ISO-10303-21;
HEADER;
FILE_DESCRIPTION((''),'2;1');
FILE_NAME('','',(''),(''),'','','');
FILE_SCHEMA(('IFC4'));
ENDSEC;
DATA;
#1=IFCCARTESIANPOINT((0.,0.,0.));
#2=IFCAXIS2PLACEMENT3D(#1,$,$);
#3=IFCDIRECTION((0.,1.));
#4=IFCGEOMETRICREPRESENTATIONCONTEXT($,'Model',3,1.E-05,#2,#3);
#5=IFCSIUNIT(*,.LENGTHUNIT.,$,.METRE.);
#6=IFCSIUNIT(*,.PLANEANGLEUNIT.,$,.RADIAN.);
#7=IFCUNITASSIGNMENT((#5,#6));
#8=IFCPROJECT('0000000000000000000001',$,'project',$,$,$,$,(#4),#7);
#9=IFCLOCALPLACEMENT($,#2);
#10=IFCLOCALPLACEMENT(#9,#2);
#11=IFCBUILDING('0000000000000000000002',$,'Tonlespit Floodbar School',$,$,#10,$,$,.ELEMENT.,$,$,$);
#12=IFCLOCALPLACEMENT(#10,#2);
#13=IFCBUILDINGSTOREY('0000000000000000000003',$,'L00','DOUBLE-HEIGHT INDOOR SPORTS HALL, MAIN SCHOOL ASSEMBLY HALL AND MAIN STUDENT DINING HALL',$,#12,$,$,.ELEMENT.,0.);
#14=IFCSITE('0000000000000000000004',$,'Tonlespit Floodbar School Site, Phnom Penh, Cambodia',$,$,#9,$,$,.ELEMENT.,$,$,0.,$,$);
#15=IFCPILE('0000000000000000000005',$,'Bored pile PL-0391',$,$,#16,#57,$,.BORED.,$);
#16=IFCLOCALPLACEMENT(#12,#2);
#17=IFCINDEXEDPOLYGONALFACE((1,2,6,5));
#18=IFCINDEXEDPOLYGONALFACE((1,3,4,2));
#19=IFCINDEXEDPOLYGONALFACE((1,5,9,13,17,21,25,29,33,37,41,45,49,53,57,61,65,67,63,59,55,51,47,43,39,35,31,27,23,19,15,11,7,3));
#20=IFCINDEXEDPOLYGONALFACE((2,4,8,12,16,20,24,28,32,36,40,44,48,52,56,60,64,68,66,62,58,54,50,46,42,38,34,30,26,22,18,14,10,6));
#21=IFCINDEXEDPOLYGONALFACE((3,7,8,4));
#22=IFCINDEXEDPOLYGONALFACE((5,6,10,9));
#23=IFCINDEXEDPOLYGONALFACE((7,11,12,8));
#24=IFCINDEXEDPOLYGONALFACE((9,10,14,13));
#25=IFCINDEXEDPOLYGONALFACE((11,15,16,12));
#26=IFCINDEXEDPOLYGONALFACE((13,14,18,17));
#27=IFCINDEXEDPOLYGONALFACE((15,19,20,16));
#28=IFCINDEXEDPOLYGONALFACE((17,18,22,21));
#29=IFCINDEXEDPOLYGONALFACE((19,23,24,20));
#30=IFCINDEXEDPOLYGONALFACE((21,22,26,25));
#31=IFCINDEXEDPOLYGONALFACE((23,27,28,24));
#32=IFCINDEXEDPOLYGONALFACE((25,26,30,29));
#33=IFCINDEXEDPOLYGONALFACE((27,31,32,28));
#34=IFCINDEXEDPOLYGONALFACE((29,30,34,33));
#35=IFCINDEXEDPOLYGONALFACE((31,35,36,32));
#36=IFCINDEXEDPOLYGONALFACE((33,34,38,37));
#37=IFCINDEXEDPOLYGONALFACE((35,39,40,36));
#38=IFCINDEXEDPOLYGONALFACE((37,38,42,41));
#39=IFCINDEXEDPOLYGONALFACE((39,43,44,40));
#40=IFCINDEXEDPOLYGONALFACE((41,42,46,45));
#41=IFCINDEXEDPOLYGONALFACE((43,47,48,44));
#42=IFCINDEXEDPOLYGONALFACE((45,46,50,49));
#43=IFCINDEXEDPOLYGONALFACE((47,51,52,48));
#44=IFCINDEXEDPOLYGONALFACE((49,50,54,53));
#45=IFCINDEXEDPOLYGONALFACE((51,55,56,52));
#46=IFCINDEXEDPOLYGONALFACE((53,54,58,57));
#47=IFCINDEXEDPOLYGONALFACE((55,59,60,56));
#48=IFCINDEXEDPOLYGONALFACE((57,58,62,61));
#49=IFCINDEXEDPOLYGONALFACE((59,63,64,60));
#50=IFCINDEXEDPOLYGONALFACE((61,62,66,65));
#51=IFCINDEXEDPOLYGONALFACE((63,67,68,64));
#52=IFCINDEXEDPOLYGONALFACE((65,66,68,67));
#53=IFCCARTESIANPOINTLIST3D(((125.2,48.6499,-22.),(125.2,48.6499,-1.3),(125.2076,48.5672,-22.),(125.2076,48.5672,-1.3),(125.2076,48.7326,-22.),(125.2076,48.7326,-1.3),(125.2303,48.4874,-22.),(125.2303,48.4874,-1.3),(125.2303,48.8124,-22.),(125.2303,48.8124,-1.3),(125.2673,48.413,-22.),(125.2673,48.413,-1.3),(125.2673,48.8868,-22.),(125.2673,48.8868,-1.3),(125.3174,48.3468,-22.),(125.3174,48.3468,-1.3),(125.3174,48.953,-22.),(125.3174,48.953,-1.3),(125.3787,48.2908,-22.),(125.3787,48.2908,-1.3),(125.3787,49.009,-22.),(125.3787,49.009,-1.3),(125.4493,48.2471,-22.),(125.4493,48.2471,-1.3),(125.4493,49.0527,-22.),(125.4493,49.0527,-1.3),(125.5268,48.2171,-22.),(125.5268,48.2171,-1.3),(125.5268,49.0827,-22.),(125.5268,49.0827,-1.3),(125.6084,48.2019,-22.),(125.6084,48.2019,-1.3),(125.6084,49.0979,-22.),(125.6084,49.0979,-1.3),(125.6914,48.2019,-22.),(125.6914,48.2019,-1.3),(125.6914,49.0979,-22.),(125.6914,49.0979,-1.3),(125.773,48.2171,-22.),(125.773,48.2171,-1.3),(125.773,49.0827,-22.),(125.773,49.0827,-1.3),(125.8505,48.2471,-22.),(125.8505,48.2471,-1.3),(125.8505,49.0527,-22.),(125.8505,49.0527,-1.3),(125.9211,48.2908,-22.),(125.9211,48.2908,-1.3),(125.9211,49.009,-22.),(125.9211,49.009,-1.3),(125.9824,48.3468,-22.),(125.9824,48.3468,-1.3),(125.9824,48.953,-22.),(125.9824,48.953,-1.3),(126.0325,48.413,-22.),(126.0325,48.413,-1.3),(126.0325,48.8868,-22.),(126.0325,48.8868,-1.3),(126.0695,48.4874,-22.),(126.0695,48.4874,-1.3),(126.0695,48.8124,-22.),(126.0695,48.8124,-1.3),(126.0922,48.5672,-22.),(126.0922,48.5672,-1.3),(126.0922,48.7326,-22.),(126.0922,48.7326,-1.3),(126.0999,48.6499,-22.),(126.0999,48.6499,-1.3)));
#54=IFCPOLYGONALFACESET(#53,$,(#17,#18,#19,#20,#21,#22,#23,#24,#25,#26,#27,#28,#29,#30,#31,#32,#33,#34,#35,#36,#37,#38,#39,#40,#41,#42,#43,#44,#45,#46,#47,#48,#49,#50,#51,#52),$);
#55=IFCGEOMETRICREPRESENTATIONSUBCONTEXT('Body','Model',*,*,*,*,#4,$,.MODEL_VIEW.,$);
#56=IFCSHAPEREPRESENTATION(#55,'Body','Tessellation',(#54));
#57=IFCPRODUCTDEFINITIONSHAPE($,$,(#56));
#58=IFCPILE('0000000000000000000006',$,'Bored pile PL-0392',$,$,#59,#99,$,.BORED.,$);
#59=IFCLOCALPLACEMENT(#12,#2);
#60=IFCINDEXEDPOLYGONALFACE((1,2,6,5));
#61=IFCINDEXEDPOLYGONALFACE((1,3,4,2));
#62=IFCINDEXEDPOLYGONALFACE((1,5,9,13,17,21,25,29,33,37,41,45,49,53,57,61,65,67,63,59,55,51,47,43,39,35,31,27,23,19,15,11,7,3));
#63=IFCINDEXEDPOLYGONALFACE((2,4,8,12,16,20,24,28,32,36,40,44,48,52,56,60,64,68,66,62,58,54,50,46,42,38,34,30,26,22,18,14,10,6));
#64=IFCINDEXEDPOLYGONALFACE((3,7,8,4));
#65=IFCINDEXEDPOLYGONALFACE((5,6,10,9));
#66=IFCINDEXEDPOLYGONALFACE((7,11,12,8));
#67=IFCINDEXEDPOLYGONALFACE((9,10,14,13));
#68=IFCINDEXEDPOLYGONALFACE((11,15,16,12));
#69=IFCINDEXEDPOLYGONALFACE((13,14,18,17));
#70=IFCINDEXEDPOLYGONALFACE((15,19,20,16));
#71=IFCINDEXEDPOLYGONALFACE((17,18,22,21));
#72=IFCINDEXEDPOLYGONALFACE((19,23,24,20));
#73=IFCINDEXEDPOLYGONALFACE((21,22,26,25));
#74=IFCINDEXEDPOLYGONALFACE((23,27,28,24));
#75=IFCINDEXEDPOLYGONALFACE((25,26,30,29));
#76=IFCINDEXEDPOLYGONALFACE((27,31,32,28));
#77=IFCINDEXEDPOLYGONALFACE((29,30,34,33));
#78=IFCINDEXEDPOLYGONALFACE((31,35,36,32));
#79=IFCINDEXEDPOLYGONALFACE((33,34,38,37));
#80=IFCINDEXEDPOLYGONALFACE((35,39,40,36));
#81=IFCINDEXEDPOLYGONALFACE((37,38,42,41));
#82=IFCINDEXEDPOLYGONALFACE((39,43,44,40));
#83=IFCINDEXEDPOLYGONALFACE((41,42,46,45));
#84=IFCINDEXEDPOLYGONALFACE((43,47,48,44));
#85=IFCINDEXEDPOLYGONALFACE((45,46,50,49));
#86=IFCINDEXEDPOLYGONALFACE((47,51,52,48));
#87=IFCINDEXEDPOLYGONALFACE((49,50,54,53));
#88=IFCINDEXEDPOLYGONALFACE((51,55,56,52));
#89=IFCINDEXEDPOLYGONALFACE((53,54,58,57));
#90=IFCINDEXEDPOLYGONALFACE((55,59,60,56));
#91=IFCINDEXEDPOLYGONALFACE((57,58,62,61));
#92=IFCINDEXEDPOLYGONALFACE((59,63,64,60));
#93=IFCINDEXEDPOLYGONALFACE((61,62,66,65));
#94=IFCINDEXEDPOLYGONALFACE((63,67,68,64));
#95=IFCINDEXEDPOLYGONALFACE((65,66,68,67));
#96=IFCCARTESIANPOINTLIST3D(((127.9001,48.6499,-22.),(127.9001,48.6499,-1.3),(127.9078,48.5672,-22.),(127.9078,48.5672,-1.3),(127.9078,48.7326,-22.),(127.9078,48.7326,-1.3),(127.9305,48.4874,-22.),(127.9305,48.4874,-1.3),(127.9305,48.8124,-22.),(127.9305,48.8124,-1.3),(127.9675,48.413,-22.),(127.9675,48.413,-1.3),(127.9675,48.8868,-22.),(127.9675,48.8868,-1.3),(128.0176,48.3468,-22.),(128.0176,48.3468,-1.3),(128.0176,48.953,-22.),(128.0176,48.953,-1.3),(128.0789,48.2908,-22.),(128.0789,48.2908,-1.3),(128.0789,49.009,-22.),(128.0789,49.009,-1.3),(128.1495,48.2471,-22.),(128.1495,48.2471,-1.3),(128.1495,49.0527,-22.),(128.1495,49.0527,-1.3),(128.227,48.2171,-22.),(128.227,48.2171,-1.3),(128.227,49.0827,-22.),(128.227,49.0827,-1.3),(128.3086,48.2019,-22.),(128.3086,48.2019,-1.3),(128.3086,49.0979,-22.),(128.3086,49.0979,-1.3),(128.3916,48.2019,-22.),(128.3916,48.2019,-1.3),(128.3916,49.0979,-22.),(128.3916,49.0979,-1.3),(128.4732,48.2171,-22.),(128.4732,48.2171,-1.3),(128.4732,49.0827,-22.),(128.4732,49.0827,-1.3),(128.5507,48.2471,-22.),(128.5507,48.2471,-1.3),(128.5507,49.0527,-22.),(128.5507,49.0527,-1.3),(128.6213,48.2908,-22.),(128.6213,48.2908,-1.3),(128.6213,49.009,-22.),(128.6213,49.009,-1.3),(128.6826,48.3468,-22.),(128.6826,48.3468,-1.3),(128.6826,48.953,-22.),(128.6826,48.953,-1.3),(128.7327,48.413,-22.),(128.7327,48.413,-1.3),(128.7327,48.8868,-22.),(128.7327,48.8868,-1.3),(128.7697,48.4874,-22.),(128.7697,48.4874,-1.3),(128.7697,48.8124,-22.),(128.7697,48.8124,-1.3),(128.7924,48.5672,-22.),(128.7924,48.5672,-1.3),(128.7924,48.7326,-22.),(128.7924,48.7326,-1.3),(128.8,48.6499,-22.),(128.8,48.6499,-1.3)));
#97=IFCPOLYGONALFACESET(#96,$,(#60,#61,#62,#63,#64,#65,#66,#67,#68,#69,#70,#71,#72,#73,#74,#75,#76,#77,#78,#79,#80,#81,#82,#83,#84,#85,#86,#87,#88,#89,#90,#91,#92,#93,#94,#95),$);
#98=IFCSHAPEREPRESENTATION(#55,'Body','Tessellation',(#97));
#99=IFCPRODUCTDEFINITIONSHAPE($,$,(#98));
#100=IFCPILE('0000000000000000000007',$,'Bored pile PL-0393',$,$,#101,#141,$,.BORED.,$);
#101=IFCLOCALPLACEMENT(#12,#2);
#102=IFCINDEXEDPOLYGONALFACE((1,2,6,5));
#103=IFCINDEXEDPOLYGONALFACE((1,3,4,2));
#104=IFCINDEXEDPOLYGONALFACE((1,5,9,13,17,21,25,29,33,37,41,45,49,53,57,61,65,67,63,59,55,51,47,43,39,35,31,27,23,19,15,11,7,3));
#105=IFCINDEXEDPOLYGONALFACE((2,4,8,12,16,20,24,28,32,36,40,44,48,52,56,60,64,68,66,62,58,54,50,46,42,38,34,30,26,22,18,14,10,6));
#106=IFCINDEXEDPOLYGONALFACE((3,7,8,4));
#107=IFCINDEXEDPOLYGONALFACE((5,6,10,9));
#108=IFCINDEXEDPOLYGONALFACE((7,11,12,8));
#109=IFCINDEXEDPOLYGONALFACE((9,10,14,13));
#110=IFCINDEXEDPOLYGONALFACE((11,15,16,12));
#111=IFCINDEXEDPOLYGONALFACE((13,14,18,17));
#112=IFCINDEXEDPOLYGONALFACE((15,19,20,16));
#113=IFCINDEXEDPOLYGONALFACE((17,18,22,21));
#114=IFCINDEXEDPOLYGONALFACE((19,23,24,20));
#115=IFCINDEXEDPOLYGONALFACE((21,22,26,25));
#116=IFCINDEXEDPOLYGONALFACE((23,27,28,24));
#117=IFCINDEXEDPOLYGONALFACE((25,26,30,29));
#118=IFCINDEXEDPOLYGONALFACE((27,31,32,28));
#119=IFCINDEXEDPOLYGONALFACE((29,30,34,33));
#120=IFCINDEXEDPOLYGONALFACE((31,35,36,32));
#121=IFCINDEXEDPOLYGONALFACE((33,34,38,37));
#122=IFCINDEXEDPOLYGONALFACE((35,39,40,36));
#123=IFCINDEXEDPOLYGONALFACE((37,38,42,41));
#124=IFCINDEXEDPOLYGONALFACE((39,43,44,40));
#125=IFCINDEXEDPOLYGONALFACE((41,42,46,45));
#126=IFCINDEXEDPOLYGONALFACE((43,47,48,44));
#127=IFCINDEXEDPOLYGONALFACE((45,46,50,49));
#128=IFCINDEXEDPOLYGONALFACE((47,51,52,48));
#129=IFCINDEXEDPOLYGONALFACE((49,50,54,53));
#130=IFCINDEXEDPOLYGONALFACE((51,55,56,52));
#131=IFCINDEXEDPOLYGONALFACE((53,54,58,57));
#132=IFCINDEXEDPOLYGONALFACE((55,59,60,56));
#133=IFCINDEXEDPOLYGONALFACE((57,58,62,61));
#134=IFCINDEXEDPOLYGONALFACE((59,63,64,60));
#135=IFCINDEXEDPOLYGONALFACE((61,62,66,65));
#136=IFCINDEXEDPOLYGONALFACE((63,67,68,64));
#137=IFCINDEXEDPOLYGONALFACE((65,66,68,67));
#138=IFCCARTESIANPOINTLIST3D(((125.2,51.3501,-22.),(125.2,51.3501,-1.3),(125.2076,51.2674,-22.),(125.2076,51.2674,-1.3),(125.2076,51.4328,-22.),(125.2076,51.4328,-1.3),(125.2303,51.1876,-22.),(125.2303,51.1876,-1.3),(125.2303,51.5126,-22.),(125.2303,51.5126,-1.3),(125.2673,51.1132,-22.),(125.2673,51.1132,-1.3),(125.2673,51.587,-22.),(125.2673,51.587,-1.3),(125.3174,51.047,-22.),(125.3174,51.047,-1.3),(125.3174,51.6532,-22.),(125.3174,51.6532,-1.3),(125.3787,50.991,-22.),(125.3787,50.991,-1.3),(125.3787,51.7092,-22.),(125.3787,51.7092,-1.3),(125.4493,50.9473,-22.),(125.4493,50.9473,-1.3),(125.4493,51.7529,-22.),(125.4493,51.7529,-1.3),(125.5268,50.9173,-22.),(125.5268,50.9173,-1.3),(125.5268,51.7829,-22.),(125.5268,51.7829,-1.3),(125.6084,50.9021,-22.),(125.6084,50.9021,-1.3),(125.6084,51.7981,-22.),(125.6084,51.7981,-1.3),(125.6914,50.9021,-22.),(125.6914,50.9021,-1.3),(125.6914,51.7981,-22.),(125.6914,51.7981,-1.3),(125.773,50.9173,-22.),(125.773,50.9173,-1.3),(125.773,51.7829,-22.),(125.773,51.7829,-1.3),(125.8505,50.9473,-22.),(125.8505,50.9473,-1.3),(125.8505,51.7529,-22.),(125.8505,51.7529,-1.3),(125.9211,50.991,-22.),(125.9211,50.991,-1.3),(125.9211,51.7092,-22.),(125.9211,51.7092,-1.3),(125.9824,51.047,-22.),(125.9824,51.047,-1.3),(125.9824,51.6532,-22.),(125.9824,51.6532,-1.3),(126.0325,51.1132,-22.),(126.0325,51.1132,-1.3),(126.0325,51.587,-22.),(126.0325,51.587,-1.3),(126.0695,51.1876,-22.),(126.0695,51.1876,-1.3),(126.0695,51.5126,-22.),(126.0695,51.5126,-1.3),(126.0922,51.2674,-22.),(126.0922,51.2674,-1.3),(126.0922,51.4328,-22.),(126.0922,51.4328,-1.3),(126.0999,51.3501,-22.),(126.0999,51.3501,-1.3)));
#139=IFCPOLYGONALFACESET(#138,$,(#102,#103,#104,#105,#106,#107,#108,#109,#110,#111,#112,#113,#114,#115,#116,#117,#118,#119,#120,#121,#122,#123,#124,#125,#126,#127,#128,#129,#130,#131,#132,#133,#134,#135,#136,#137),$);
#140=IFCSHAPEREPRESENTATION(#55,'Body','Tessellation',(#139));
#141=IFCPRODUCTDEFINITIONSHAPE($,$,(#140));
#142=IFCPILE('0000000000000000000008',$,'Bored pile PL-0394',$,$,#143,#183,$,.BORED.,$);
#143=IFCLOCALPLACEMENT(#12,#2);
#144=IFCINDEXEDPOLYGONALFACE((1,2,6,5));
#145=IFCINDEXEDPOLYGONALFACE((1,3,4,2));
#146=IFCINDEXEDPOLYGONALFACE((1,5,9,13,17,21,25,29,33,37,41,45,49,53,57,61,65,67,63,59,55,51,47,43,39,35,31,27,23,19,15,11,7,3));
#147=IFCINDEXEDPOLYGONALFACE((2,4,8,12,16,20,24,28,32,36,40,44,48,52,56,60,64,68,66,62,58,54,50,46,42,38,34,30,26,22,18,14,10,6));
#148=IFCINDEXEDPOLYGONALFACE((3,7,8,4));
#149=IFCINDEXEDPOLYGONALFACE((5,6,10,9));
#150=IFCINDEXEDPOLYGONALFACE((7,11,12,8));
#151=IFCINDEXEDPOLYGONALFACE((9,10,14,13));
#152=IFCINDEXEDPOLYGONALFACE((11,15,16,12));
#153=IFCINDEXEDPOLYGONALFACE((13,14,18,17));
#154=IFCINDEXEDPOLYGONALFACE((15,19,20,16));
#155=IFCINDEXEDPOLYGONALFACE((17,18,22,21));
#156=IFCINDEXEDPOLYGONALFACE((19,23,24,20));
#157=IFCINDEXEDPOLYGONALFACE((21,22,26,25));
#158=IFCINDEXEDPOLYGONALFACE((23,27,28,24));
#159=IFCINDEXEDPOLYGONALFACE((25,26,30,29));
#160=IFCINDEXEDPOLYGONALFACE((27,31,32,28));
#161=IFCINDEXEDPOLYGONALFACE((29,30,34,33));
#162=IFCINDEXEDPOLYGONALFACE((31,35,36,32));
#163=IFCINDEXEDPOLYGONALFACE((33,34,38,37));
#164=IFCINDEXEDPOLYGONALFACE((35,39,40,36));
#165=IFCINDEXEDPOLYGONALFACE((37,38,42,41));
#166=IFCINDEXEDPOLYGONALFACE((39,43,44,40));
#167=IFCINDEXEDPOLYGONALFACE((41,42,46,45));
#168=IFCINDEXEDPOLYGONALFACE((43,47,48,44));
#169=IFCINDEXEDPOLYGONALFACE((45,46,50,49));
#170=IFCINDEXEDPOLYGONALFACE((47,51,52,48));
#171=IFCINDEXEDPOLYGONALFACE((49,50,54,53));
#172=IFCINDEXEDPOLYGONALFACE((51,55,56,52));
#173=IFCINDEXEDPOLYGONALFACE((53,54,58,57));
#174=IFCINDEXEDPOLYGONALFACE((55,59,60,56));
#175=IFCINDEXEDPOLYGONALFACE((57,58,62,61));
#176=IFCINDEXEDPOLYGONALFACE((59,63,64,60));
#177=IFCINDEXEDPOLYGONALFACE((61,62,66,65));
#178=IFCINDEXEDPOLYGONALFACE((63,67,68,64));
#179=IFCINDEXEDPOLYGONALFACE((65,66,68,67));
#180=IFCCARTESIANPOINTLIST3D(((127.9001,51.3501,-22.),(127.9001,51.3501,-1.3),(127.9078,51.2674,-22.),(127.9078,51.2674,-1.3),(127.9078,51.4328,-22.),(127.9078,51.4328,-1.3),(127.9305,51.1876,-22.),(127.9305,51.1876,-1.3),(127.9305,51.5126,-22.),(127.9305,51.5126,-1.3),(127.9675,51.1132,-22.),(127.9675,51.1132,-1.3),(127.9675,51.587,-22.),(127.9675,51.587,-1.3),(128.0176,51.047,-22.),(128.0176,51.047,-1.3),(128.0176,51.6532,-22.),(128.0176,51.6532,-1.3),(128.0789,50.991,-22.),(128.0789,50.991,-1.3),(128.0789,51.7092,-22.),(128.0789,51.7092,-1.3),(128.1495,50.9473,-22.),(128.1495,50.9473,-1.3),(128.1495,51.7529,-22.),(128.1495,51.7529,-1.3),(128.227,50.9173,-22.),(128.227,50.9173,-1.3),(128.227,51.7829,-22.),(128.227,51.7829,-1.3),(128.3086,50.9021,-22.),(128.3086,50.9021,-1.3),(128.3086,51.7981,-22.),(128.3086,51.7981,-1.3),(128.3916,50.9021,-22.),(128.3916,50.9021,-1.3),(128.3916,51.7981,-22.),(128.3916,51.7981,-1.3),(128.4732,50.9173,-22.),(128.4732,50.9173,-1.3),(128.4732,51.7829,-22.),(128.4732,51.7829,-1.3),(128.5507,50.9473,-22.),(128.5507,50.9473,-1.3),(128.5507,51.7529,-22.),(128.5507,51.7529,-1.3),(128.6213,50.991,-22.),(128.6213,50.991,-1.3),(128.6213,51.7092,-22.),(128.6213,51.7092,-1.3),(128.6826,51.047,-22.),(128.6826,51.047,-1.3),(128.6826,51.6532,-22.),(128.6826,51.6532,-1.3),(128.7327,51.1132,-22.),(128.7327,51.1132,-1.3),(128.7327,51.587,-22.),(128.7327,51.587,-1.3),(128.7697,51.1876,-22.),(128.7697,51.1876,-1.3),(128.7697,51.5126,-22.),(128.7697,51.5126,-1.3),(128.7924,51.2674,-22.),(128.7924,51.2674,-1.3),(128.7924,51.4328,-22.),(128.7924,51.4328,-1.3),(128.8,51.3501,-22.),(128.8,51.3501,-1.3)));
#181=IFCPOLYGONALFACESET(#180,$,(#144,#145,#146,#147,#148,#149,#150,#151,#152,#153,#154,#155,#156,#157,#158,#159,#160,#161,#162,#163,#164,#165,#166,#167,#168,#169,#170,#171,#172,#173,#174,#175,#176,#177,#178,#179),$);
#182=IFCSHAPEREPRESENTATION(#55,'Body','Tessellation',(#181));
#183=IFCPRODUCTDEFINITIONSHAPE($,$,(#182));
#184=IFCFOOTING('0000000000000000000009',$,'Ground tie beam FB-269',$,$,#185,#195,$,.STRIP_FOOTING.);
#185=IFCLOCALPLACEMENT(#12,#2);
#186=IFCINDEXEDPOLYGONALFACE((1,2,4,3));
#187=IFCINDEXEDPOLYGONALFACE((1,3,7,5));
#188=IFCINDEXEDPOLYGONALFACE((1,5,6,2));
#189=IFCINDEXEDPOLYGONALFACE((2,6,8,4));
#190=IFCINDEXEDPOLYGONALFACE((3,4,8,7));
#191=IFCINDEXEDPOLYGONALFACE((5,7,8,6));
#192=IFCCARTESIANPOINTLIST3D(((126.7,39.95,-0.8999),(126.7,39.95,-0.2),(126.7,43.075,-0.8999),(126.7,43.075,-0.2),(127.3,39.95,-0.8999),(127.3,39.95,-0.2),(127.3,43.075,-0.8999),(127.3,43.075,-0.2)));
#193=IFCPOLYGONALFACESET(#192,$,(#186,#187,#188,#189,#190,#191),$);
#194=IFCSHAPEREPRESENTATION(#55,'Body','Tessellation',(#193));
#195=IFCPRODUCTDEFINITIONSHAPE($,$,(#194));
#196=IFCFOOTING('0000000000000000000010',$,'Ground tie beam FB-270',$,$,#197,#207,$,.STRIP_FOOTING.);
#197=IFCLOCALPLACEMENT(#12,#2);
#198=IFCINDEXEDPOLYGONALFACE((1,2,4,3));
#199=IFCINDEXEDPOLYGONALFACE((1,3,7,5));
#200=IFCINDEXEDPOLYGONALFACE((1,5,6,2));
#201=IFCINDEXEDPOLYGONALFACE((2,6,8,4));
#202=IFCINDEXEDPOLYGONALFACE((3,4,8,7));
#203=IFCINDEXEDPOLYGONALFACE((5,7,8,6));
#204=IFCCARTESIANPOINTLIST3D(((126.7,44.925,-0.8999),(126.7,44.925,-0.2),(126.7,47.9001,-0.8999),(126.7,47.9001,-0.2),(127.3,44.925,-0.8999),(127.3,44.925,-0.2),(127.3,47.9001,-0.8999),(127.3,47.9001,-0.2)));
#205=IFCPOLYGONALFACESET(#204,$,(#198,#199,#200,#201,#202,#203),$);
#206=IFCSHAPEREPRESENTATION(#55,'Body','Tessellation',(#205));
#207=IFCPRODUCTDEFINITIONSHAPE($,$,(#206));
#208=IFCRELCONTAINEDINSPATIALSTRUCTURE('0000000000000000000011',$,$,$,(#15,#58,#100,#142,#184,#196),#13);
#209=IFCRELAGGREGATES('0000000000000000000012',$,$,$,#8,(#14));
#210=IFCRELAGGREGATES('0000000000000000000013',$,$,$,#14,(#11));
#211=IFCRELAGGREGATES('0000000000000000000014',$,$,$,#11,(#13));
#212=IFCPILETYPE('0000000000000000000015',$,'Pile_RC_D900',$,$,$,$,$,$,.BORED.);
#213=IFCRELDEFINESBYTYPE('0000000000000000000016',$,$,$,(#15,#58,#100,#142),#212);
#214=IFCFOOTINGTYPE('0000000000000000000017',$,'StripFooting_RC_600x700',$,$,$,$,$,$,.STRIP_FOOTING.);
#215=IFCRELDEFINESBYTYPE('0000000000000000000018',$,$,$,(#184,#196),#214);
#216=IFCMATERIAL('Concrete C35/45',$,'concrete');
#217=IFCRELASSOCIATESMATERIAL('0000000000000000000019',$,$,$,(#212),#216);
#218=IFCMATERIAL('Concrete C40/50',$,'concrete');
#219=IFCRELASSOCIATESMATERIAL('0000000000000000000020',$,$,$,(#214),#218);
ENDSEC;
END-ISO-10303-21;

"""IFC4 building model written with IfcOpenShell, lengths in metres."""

from ifc_helpers import new_model, si_unit, direction, frame, origin, origin_2d, place, context, subcontext, project, spatial, rectangle, circle, extrude, material, material_profile, profile_set, type_object, element, save


model = new_model("IFC4")

# Units and contexts
model_context = context("Model", 3, precision=1e-05, world=origin(), true_north=direction((0.0, 1.0)))
body_context = subcontext(model_context, "Body", "Model", "MODEL_VIEW")
ifc_project = project(units=[si_unit("LENGTHUNIT", "METRE"), si_unit("PLANEANGLEUNIT", "RADIAN")], contexts=[model_context])

# Site, building, storey
site_placement = place(None, origin())
site = spatial("IfcSite", under=ifc_project, at=site_placement, Name="Tonlespit Floodbar School Site, Phnom Penh, Cambodia", CompositionType="ELEMENT", RefElevation=0.0)
building_placement = place(site_placement, origin())
building = spatial("IfcBuilding", under=site, at=building_placement, Name="Tonlespit Floodbar School", CompositionType="ELEMENT")
storey_placement = place(building_placement, origin())
storey = spatial("IfcBuildingStorey", under=building, at=storey_placement, Name="L00", Description="DOUBLE-HEIGHT INDOOR SPORTS HALL, MAIN SCHOOL ASSEMBLY HALL AND MAIN STUDENT DINING HALL", CompositionType="ELEMENT", Elevation=0.0)

# Shared definitions
ifc_material_1 = material(Name="Concrete C40/50", Category="concrete")

# Piles
ifc_material_2 = material(Name="Concrete C35/45", Category="concrete")
ifc_material_profile_1 = material_profile(ifc_material_2, circle(Radius=0.45, at=origin_2d()), Name="BP D900")
ifc_profile_set_1 = profile_set([ifc_material_profile_1], Name="Concrete C35/45")
pile_type_1 = type_object("IfcPileType", Name="Pile_RC_D900", PredefinedType="BORED", material=ifc_profile_set_1)
for number, where, z_axis, x_axis, name in (
    (1, (125.6499, 48.6499, -1.3), (0.0, 0.0, -1.0), (1.0, 0.0, 0.0), "Bored pile PL-0391"),
    (2, (128.3501, 48.6499, -1.3), (0.0, 0.0, -1.0), (1.0, 0.0, 0.0), "Bored pile PL-0392"),
    (3, (125.6499, 51.3501, -1.3), (0.0, 0.0, -1.0), (1.0, 0.0, 0.0), "Bored pile PL-0393"),
    (4, (128.3501, 51.3501, -1.3), (0.0, 0.0, -1.0), (1.0, 0.0, 0.0), "Bored pile PL-0394"),
):
    element("IfcPile", number, at=place(storey_placement, frame(where, z_axis=z_axis, x_axis=x_axis)), inside=storey, type_object=pile_type_1, Name=name, PredefinedType="BORED", context=body_context, shape_type="SweptSolid", body=[
        extrude(circle(Radius=0.45, at=origin_2d()), origin(), (0.0, 0.0, 1.0), 20.7),
    ])

# Footings
footing_type_1 = type_object("IfcFootingType", Name="StripFooting_RC_600x700", PredefinedType="STRIP_FOOTING", material=ifc_material_1)
footing_1_placement = place(storey_placement, frame((127.0, 41.5125, -0.8999), z_axis=(0.0, 0.0, 1.0), x_axis=(0.0, 1.0, 0.0)))
element("IfcFooting", 5, at=footing_1_placement, inside=storey, type_object=footing_type_1, Name="Ground tie beam FB-269", PredefinedType="STRIP_FOOTING", context=body_context, shape_type="SweptSolid", body=[
    extrude(rectangle(XDim=3.125, YDim=0.6001, at=origin_2d()), origin(), (0.0, 0.0, 1.0), 0.7),
])
footing_2_placement = place(storey_placement, frame((127.0, 46.4126, -0.8999), z_axis=(0.0, 0.0, 1.0), x_axis=(0.0, 1.0, 0.0)))
element("IfcFooting", 6, at=footing_2_placement, inside=storey, type_object=footing_type_1, Name="Ground tie beam FB-270", PredefinedType="STRIP_FOOTING", context=body_context, shape_type="SweptSolid", body=[
    extrude(rectangle(XDim=2.9751, YDim=0.6001, at=origin_2d()), origin(), (0.0, 0.0, 1.0), 0.7),
])

save(model, "model.ifc")
